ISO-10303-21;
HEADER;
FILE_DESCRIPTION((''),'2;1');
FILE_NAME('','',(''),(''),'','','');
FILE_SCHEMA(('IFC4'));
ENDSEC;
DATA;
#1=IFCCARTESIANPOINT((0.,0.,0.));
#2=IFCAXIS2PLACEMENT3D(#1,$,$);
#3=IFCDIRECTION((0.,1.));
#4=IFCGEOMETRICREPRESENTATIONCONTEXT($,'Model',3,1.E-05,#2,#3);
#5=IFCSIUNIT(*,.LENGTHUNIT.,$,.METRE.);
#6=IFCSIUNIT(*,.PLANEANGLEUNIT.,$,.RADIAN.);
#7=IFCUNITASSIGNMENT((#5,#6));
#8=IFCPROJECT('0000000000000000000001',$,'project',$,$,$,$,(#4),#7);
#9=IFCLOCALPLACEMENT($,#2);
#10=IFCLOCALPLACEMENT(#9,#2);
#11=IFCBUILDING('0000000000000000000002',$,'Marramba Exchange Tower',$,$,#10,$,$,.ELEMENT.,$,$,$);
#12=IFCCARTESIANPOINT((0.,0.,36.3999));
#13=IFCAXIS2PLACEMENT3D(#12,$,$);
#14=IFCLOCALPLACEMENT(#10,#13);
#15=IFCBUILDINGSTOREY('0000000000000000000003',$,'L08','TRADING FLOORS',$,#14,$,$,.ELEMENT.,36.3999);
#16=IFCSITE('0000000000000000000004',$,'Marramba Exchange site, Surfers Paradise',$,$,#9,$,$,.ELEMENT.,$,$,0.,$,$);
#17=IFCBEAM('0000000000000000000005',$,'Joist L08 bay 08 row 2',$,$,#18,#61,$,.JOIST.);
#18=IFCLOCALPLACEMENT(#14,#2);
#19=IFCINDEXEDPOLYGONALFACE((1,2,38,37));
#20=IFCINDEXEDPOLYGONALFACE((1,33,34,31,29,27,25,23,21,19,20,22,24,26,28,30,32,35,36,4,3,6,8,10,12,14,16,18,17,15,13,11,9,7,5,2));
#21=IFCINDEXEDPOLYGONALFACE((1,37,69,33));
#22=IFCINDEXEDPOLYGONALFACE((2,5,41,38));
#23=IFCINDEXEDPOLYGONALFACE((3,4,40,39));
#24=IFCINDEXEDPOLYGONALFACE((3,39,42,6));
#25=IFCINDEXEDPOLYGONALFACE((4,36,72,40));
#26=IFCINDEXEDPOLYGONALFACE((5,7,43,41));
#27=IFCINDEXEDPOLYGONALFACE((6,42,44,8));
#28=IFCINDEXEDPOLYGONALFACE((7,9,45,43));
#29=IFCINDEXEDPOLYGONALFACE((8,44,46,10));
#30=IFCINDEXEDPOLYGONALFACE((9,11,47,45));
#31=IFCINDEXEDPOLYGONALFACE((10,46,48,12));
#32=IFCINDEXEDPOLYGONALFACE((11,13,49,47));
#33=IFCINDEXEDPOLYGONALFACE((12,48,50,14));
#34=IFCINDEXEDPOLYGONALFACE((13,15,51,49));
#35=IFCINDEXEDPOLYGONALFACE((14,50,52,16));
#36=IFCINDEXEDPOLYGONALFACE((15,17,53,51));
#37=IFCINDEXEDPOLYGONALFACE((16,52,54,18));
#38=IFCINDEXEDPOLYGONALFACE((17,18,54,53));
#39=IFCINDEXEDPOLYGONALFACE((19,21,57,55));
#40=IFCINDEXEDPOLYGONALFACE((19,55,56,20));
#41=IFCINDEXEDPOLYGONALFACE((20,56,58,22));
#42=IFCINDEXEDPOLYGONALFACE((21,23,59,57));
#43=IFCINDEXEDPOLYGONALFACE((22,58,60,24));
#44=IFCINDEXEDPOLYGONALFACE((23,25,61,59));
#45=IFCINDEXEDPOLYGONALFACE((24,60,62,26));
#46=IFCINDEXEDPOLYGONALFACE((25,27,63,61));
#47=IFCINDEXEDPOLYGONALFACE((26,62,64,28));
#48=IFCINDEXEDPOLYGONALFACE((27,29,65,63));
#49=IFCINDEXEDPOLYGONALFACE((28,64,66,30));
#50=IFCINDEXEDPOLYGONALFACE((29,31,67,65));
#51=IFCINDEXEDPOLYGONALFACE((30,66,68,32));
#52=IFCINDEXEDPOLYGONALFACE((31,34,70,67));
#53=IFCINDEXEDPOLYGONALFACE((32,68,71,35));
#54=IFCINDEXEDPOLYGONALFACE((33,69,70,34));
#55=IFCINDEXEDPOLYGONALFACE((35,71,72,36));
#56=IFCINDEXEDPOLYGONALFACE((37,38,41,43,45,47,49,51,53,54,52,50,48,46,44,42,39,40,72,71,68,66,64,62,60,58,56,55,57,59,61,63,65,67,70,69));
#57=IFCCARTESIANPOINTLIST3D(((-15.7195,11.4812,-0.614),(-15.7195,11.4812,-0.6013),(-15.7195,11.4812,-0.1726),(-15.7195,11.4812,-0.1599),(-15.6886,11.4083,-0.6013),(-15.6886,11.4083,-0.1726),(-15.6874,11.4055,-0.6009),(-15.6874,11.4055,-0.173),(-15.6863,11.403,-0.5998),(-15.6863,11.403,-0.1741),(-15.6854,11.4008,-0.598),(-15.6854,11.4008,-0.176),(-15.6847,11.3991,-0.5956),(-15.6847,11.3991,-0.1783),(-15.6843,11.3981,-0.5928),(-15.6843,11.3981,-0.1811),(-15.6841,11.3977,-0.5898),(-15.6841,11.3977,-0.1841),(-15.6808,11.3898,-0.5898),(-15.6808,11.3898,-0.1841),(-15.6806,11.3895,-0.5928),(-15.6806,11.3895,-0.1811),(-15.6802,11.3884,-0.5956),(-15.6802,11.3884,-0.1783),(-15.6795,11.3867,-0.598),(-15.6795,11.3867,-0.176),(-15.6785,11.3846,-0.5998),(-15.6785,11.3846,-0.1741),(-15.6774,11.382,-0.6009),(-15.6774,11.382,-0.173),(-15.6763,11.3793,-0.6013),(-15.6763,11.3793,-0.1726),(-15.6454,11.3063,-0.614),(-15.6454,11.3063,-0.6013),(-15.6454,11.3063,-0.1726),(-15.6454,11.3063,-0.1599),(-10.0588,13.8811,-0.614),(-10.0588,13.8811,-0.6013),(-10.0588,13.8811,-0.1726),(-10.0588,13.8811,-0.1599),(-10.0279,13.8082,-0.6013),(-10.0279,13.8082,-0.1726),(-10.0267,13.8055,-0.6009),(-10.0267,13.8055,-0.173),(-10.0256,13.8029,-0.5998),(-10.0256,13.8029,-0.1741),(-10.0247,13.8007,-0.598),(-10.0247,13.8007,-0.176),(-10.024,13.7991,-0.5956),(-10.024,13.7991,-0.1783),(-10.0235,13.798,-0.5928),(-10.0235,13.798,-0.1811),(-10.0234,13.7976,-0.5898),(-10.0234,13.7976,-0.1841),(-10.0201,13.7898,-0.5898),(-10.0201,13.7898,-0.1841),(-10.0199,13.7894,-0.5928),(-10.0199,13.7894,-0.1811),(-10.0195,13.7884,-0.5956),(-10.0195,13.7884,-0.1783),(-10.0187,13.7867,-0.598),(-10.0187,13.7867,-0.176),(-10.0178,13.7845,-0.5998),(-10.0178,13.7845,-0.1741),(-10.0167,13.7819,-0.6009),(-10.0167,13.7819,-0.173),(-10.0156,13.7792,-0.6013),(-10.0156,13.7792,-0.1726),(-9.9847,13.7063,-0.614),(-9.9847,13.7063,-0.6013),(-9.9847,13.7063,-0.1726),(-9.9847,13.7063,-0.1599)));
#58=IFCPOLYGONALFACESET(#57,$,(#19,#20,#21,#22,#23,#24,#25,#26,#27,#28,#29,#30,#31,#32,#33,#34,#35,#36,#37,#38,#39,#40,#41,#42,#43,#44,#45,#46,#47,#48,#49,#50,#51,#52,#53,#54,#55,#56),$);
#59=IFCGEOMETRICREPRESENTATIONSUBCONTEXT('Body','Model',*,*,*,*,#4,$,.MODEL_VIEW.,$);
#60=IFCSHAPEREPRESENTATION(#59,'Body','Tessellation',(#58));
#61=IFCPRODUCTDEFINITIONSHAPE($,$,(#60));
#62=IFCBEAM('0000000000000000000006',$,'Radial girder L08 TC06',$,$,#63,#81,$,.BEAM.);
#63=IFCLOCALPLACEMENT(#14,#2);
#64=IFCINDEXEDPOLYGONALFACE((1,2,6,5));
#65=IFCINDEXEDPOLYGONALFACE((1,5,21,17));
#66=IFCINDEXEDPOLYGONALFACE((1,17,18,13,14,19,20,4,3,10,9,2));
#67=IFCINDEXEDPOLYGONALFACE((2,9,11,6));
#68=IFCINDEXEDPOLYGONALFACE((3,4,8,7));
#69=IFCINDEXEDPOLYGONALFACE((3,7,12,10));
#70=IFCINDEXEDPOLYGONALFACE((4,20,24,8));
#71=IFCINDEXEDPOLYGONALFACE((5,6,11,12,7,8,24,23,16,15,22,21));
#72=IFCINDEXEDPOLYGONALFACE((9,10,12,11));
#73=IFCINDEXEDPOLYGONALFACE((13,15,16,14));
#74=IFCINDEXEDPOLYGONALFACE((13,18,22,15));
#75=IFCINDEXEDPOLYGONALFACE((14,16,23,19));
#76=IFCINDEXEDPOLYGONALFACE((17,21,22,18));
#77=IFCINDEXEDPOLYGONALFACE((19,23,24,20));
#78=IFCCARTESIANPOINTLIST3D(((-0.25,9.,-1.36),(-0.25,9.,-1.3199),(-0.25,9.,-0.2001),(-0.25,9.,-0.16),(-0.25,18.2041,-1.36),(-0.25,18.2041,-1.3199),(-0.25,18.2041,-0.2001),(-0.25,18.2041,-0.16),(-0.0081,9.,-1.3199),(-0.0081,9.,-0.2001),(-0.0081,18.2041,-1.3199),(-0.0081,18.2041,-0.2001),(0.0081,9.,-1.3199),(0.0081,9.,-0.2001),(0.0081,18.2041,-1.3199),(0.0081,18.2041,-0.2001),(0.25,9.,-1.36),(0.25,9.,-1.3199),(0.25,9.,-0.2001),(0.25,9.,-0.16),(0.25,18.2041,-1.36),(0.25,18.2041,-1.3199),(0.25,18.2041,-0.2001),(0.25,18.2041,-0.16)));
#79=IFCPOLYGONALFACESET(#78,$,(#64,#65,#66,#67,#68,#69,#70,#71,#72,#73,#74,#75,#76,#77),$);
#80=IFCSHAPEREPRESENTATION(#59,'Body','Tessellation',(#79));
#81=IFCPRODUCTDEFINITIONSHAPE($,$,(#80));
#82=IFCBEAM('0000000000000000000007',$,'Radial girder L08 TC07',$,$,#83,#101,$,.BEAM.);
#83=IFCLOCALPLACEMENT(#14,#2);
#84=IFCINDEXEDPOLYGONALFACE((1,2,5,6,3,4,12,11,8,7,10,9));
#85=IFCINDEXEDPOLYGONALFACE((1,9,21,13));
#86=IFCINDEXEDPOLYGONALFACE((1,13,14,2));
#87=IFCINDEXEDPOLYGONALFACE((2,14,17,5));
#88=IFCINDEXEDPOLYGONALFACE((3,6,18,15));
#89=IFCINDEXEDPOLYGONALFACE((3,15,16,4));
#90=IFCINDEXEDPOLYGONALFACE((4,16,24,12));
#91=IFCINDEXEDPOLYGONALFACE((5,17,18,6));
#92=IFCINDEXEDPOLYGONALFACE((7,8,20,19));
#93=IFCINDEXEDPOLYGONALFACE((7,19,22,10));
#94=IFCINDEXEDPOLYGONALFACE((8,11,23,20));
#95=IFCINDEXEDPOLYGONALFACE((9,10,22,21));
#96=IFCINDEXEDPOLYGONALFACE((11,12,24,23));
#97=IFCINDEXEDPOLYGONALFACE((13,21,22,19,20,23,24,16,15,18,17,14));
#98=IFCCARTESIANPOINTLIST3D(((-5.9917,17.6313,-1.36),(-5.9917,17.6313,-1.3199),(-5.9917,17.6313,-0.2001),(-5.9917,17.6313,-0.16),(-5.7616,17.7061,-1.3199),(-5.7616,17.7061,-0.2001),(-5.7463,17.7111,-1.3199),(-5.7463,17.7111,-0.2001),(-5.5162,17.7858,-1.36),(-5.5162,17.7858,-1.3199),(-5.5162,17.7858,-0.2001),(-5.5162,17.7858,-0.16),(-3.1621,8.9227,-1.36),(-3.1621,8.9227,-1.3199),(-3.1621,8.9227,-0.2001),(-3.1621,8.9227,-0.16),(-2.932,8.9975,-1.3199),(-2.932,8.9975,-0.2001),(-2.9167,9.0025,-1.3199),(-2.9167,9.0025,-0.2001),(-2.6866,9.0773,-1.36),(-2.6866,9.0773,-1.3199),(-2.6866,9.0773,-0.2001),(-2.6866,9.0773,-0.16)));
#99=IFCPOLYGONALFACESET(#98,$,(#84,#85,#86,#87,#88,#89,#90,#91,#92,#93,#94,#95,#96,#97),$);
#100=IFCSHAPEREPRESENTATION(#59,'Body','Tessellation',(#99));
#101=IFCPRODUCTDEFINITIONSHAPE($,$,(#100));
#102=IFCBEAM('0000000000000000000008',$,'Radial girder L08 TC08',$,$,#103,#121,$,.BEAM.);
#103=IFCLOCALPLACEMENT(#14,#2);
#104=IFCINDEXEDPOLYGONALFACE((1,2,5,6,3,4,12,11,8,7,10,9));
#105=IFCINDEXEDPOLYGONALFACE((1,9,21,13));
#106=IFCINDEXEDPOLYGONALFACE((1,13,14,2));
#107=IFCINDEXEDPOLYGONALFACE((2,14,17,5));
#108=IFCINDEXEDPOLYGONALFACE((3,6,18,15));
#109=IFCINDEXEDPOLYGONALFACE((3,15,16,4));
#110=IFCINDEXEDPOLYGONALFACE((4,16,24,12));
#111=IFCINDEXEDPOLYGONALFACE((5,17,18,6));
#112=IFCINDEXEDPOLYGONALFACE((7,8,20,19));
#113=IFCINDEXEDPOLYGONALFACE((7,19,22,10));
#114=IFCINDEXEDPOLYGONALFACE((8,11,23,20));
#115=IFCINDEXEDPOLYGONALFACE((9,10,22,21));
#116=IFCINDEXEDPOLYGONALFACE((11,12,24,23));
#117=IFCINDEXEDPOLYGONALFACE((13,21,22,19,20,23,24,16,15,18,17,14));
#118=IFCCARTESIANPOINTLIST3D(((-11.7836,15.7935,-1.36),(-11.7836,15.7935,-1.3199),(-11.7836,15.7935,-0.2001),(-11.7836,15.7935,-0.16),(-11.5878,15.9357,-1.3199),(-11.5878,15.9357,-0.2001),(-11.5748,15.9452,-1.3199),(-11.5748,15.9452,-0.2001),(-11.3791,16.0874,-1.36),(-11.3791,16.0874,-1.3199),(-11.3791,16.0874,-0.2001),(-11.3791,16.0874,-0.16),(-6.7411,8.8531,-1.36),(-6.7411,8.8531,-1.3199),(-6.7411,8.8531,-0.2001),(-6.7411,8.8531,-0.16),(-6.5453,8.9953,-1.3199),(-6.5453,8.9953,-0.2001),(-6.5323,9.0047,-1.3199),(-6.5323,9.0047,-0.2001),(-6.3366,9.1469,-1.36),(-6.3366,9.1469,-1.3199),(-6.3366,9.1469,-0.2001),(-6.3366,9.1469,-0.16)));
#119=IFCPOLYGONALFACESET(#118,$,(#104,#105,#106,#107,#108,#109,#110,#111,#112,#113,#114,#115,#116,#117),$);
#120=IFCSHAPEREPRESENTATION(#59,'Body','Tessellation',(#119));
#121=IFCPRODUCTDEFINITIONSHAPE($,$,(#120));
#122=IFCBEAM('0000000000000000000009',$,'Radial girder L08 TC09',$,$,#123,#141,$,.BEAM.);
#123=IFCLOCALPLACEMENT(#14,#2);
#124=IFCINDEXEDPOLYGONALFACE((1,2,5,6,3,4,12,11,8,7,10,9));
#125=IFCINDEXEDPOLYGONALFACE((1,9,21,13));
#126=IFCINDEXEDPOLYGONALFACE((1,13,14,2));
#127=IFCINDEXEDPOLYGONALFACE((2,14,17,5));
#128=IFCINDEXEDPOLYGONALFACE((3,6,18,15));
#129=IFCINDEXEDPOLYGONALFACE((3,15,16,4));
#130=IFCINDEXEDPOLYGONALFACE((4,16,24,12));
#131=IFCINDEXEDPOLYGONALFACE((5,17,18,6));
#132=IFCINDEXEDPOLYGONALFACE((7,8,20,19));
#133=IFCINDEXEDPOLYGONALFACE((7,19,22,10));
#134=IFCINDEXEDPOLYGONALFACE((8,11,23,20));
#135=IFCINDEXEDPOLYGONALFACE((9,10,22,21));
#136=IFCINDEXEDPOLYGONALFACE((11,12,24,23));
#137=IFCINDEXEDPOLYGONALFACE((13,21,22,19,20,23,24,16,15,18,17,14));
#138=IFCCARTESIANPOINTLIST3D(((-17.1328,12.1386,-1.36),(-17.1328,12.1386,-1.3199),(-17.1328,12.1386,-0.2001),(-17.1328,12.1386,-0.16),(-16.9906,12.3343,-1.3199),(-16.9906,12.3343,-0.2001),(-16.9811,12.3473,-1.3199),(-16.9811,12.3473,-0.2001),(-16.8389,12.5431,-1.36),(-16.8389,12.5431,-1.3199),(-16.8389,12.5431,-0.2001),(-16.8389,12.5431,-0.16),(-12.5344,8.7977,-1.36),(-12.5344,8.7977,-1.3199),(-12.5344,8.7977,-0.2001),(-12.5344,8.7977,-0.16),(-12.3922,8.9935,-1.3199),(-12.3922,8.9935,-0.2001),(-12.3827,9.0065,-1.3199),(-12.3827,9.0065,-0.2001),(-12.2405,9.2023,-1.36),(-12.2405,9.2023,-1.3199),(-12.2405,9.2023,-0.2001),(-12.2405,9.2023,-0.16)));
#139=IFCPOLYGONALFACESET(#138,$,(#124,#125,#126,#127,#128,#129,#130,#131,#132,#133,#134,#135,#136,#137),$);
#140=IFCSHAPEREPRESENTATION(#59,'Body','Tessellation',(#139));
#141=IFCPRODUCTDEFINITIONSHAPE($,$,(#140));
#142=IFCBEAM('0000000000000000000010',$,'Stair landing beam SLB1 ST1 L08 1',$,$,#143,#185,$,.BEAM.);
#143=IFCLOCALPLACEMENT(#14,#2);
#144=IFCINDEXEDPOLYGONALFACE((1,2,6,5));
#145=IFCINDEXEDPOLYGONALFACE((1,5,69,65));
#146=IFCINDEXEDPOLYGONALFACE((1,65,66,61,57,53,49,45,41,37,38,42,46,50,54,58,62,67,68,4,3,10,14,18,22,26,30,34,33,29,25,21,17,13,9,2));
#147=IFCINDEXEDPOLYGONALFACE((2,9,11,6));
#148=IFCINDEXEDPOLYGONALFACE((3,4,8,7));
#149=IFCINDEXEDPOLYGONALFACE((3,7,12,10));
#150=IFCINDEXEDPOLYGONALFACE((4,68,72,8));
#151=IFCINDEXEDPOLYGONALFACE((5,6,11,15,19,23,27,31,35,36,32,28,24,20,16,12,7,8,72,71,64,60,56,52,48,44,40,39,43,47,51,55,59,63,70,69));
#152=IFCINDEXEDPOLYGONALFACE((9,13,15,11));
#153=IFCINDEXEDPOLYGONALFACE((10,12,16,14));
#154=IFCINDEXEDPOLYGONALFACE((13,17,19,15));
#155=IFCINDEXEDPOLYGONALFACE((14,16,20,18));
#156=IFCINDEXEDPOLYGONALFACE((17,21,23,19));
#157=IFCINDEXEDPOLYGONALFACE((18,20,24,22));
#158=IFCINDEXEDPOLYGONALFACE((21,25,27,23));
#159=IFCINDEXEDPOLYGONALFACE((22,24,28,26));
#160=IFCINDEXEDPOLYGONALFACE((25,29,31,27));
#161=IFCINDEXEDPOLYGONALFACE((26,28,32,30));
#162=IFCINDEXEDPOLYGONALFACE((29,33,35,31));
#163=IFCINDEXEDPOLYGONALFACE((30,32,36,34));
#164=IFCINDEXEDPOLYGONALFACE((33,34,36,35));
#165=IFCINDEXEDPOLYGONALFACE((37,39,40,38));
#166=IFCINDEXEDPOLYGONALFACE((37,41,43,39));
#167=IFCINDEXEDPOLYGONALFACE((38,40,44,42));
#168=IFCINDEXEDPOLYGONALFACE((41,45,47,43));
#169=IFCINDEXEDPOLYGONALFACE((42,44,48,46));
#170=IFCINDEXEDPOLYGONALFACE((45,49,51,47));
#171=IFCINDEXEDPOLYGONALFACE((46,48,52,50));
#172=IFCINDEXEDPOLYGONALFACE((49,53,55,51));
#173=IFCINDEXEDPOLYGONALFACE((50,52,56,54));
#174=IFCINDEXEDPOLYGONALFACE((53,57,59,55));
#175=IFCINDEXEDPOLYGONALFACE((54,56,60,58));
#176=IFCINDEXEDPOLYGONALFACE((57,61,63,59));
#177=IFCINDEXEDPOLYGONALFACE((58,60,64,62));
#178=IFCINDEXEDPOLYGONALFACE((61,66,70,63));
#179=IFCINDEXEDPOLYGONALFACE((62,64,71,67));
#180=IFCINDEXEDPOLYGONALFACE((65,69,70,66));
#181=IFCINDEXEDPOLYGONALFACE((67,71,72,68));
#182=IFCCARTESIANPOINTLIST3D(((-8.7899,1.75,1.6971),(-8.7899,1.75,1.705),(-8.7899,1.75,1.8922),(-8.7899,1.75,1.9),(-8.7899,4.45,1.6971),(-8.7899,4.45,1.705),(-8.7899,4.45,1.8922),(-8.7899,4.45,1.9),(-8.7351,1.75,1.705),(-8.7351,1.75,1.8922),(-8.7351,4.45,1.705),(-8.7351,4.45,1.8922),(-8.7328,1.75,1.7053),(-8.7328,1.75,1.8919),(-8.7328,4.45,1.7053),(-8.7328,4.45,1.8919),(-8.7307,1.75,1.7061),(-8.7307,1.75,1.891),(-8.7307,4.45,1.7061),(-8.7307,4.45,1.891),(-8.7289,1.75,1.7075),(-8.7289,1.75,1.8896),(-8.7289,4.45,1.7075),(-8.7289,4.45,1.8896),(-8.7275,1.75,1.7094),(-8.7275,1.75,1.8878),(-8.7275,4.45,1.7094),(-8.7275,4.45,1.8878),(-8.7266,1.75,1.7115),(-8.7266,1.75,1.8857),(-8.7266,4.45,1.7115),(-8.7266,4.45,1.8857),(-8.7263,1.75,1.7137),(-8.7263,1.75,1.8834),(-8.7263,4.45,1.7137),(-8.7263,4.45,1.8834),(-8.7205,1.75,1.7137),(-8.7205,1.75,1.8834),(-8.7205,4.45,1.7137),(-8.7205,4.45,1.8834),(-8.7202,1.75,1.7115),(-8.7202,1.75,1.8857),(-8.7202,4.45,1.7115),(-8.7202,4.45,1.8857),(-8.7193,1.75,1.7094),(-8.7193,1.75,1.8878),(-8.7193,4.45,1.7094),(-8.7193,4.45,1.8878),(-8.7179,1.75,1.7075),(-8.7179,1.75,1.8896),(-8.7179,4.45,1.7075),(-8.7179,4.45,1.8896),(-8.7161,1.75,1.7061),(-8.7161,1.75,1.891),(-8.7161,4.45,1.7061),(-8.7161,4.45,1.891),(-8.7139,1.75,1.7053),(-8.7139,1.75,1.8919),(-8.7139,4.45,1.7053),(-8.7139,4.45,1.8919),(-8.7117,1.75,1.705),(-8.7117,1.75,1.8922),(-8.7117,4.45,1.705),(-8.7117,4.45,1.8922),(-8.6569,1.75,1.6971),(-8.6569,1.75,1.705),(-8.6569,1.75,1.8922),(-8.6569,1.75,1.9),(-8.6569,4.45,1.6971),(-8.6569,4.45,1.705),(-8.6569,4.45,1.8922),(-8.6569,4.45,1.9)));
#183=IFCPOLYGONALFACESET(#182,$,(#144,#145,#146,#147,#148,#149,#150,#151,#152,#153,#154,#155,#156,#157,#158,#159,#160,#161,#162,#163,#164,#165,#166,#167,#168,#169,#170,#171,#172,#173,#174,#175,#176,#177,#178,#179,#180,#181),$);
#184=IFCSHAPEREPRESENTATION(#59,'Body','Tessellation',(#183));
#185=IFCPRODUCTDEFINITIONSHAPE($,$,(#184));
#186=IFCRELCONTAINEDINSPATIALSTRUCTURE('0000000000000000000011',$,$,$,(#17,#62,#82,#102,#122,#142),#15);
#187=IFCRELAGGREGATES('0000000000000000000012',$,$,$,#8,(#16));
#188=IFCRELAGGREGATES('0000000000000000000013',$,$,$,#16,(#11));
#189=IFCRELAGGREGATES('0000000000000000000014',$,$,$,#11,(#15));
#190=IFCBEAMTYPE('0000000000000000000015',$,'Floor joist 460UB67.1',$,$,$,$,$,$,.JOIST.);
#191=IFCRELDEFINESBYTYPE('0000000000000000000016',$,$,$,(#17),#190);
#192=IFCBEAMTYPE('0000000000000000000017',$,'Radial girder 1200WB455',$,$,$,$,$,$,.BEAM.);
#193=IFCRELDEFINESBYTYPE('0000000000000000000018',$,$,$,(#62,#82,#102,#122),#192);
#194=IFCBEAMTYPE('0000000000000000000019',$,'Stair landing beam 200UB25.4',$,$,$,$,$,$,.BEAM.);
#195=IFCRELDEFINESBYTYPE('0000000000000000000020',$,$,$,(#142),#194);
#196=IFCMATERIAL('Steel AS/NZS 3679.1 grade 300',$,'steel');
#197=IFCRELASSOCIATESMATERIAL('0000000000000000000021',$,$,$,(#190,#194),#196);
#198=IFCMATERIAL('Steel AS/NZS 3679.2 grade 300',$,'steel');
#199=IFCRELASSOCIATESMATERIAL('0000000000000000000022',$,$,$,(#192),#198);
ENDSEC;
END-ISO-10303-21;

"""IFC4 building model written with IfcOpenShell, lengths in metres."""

from ifc_helpers import new_model, si_unit, direction, frame, origin, origin_2d, place, context, subcontext, project, spatial, i_section, extrude, material, material_profile, profile_set, type_object, element, save


model = new_model("IFC4")

# Units and contexts
model_context = context("Model", 3, precision=1e-05, world=origin(), true_north=direction((0.0, 1.0)))
body_context = subcontext(model_context, "Body", "Model", "MODEL_VIEW")
ifc_project = project(units=[si_unit("LENGTHUNIT", "METRE"), si_unit("PLANEANGLEUNIT", "RADIAN")], contexts=[model_context])

# Site, building, storey
site_placement = place(None, origin())
site = spatial("IfcSite", under=ifc_project, at=site_placement, Name="Marramba Exchange site, Surfers Paradise", CompositionType="ELEMENT", RefElevation=0.0)
building_placement = place(site_placement, origin())
building = spatial("IfcBuilding", under=site, at=building_placement, Name="Marramba Exchange Tower", CompositionType="ELEMENT")
storey_placement = place(building_placement, frame((0.0, 0.0, 36.3999)))
storey = spatial("IfcBuildingStorey", under=building, at=storey_placement, Name="L08", Description="TRADING FLOORS", CompositionType="ELEMENT", Elevation=36.3999)

# Beams
ifc_material_1 = material(Name="Steel AS/NZS 3679.1 grade 300", Category="steel")
ifc_material_profile_1 = material_profile(ifc_material_1, i_section(OverallWidth=0.1899, OverallDepth=0.4541, WebThickness=0.0085, FlangeThickness=0.0127, FilletRadius=0.0115, at=origin_2d()), Name="460UB67.1")
ifc_profile_set_1 = profile_set([ifc_material_profile_1], Name="Steel AS/NZS 3679.1 grade 300")
beam_type_1 = type_object("IfcBeamType", Name="Floor joist 460UB67.1", PredefinedType="JOIST", material=ifc_profile_set_1)
beam_1_placement = place(storey_placement, frame((-10.0217, 13.7937, -0.387), z_axis=(-0.920674, -0.390332, 0.0), x_axis=(0.390332, -0.920674, 0.0)))
element("IfcBeam", 1, at=beam_1_placement, inside=storey, type_object=beam_type_1, Name="Joist L08 bay 08 row 2", PredefinedType="JOIST", context=body_context, shape_type="SweptSolid", body=[
    extrude(i_section(OverallWidth=0.1899, OverallDepth=0.4541, WebThickness=0.0085, FlangeThickness=0.0127, FilletRadius=0.0115, at=origin_2d()), origin(), (0.0, 0.0, 1.0), 6.1484),
])
ifc_material_2 = material(Name="Steel AS/NZS 3679.2 grade 300", Category="steel")
ifc_material_profile_2 = material_profile(ifc_material_2, i_section(OverallWidth=0.5, OverallDepth=1.2, WebThickness=0.0161, FlangeThickness=0.04, at=origin_2d()), Name="1200WB455")
ifc_profile_set_2 = profile_set([ifc_material_profile_2], Name="Steel AS/NZS 3679.2 grade 300")
beam_type_2 = type_object("IfcBeamType", Name="Radial girder 1200WB455", PredefinedType="BEAM", material=ifc_profile_set_2)
beam_2_placement = place(storey_placement, frame((0.0, 9.0, -0.76), z_axis=(0.0, 1.0, 0.0), x_axis=(-1.0, 0.0, 0.0)))
element("IfcBeam", 2, at=beam_2_placement, inside=storey, type_object=beam_type_2, Name="Radial girder L08 TC06", PredefinedType="BEAM", context=body_context, shape_type="SweptSolid", body=[
    extrude(i_section(OverallWidth=0.5, OverallDepth=1.2, WebThickness=0.0161, FlangeThickness=0.04, at=origin_2d()), origin(), (0.0, 0.0, 1.0), 9.2041),
])
beam_3_placement = place(storey_placement, frame((-2.9243, 9.0, -0.76), z_axis=(-0.30902, 0.951056, 0.0), x_axis=(-0.951056, -0.30902, 0.0)))
element("IfcBeam", 3, at=beam_3_placement, inside=storey, type_object=beam_type_2, Name="Radial girder L08 TC07", PredefinedType="BEAM", context=body_context, shape_type="SweptSolid", body=[
    extrude(i_section(OverallWidth=0.5, OverallDepth=1.2, WebThickness=0.0161, FlangeThickness=0.04, at=origin_2d()), origin(), (0.0, 0.0, 1.0), 9.1567),
])
beam_4_placement = place(storey_placement, frame((-6.5388, 9.0, -0.76), z_axis=(-0.587782, 0.809019, 0.0), x_axis=(-0.809019, -0.587782, 0.0)))
element("IfcBeam", 4, at=beam_4_placement, inside=storey, type_object=beam_type_2, Name="Radial girder L08 TC08", PredefinedType="BEAM", context=body_context, shape_type="SweptSolid", body=[
    extrude(i_section(OverallWidth=0.5, OverallDepth=1.2, WebThickness=0.0161, FlangeThickness=0.04, at=origin_2d()), origin(), (0.0, 0.0, 1.0), 8.5789),
])
beam_5_placement = place(storey_placement, frame((-12.3875, 9.0, -0.76), z_axis=(-0.809026, 0.587773, 0.0), x_axis=(-0.587773, -0.809026, 0.0)))
element("IfcBeam", 5, at=beam_5_placement, inside=storey, type_object=beam_type_2, Name="Radial girder L08 TC09", PredefinedType="BEAM", context=body_context, shape_type="SweptSolid", body=[
    extrude(i_section(OverallWidth=0.5, OverallDepth=1.2, WebThickness=0.0161, FlangeThickness=0.04, at=origin_2d()), origin(), (0.0, 0.0, 1.0), 5.6838),
])
ifc_material_profile_3 = material_profile(ifc_material_1, i_section(OverallWidth=0.1331, OverallDepth=0.2029, WebThickness=0.0059, FlangeThickness=0.0078, FilletRadius=0.0088, at=origin_2d()), Name="200UB25.4")
ifc_profile_set_3 = profile_set([ifc_material_profile_3], Name="Steel AS/NZS 3679.1 grade 300")
beam_type_3 = type_object("IfcBeamType", Name="Stair landing beam 200UB25.4", PredefinedType="BEAM", material=ifc_profile_set_3)
for number, where, z_axis, x_axis, name in (
    (6, (-8.7234, 1.75, 1.7986), (0.0, 1.0, 0.0), (-1.0, 0.0, 0.0), "Stair landing beam SLB1 ST1 L08 1"),
):
    element("IfcBeam", number, at=place(storey_placement, frame(where, z_axis=z_axis, x_axis=x_axis)), inside=storey, type_object=beam_type_3, Name=name, PredefinedType="BEAM", context=body_context, shape_type="SweptSolid", body=[
        extrude(i_section(OverallWidth=0.1331, OverallDepth=0.2029, WebThickness=0.0059, FlangeThickness=0.0078, FilletRadius=0.0088, at=origin_2d()), origin(), (0.0, 0.0, 1.0), 2.7),
    ])

save(model, "model.ifc")
